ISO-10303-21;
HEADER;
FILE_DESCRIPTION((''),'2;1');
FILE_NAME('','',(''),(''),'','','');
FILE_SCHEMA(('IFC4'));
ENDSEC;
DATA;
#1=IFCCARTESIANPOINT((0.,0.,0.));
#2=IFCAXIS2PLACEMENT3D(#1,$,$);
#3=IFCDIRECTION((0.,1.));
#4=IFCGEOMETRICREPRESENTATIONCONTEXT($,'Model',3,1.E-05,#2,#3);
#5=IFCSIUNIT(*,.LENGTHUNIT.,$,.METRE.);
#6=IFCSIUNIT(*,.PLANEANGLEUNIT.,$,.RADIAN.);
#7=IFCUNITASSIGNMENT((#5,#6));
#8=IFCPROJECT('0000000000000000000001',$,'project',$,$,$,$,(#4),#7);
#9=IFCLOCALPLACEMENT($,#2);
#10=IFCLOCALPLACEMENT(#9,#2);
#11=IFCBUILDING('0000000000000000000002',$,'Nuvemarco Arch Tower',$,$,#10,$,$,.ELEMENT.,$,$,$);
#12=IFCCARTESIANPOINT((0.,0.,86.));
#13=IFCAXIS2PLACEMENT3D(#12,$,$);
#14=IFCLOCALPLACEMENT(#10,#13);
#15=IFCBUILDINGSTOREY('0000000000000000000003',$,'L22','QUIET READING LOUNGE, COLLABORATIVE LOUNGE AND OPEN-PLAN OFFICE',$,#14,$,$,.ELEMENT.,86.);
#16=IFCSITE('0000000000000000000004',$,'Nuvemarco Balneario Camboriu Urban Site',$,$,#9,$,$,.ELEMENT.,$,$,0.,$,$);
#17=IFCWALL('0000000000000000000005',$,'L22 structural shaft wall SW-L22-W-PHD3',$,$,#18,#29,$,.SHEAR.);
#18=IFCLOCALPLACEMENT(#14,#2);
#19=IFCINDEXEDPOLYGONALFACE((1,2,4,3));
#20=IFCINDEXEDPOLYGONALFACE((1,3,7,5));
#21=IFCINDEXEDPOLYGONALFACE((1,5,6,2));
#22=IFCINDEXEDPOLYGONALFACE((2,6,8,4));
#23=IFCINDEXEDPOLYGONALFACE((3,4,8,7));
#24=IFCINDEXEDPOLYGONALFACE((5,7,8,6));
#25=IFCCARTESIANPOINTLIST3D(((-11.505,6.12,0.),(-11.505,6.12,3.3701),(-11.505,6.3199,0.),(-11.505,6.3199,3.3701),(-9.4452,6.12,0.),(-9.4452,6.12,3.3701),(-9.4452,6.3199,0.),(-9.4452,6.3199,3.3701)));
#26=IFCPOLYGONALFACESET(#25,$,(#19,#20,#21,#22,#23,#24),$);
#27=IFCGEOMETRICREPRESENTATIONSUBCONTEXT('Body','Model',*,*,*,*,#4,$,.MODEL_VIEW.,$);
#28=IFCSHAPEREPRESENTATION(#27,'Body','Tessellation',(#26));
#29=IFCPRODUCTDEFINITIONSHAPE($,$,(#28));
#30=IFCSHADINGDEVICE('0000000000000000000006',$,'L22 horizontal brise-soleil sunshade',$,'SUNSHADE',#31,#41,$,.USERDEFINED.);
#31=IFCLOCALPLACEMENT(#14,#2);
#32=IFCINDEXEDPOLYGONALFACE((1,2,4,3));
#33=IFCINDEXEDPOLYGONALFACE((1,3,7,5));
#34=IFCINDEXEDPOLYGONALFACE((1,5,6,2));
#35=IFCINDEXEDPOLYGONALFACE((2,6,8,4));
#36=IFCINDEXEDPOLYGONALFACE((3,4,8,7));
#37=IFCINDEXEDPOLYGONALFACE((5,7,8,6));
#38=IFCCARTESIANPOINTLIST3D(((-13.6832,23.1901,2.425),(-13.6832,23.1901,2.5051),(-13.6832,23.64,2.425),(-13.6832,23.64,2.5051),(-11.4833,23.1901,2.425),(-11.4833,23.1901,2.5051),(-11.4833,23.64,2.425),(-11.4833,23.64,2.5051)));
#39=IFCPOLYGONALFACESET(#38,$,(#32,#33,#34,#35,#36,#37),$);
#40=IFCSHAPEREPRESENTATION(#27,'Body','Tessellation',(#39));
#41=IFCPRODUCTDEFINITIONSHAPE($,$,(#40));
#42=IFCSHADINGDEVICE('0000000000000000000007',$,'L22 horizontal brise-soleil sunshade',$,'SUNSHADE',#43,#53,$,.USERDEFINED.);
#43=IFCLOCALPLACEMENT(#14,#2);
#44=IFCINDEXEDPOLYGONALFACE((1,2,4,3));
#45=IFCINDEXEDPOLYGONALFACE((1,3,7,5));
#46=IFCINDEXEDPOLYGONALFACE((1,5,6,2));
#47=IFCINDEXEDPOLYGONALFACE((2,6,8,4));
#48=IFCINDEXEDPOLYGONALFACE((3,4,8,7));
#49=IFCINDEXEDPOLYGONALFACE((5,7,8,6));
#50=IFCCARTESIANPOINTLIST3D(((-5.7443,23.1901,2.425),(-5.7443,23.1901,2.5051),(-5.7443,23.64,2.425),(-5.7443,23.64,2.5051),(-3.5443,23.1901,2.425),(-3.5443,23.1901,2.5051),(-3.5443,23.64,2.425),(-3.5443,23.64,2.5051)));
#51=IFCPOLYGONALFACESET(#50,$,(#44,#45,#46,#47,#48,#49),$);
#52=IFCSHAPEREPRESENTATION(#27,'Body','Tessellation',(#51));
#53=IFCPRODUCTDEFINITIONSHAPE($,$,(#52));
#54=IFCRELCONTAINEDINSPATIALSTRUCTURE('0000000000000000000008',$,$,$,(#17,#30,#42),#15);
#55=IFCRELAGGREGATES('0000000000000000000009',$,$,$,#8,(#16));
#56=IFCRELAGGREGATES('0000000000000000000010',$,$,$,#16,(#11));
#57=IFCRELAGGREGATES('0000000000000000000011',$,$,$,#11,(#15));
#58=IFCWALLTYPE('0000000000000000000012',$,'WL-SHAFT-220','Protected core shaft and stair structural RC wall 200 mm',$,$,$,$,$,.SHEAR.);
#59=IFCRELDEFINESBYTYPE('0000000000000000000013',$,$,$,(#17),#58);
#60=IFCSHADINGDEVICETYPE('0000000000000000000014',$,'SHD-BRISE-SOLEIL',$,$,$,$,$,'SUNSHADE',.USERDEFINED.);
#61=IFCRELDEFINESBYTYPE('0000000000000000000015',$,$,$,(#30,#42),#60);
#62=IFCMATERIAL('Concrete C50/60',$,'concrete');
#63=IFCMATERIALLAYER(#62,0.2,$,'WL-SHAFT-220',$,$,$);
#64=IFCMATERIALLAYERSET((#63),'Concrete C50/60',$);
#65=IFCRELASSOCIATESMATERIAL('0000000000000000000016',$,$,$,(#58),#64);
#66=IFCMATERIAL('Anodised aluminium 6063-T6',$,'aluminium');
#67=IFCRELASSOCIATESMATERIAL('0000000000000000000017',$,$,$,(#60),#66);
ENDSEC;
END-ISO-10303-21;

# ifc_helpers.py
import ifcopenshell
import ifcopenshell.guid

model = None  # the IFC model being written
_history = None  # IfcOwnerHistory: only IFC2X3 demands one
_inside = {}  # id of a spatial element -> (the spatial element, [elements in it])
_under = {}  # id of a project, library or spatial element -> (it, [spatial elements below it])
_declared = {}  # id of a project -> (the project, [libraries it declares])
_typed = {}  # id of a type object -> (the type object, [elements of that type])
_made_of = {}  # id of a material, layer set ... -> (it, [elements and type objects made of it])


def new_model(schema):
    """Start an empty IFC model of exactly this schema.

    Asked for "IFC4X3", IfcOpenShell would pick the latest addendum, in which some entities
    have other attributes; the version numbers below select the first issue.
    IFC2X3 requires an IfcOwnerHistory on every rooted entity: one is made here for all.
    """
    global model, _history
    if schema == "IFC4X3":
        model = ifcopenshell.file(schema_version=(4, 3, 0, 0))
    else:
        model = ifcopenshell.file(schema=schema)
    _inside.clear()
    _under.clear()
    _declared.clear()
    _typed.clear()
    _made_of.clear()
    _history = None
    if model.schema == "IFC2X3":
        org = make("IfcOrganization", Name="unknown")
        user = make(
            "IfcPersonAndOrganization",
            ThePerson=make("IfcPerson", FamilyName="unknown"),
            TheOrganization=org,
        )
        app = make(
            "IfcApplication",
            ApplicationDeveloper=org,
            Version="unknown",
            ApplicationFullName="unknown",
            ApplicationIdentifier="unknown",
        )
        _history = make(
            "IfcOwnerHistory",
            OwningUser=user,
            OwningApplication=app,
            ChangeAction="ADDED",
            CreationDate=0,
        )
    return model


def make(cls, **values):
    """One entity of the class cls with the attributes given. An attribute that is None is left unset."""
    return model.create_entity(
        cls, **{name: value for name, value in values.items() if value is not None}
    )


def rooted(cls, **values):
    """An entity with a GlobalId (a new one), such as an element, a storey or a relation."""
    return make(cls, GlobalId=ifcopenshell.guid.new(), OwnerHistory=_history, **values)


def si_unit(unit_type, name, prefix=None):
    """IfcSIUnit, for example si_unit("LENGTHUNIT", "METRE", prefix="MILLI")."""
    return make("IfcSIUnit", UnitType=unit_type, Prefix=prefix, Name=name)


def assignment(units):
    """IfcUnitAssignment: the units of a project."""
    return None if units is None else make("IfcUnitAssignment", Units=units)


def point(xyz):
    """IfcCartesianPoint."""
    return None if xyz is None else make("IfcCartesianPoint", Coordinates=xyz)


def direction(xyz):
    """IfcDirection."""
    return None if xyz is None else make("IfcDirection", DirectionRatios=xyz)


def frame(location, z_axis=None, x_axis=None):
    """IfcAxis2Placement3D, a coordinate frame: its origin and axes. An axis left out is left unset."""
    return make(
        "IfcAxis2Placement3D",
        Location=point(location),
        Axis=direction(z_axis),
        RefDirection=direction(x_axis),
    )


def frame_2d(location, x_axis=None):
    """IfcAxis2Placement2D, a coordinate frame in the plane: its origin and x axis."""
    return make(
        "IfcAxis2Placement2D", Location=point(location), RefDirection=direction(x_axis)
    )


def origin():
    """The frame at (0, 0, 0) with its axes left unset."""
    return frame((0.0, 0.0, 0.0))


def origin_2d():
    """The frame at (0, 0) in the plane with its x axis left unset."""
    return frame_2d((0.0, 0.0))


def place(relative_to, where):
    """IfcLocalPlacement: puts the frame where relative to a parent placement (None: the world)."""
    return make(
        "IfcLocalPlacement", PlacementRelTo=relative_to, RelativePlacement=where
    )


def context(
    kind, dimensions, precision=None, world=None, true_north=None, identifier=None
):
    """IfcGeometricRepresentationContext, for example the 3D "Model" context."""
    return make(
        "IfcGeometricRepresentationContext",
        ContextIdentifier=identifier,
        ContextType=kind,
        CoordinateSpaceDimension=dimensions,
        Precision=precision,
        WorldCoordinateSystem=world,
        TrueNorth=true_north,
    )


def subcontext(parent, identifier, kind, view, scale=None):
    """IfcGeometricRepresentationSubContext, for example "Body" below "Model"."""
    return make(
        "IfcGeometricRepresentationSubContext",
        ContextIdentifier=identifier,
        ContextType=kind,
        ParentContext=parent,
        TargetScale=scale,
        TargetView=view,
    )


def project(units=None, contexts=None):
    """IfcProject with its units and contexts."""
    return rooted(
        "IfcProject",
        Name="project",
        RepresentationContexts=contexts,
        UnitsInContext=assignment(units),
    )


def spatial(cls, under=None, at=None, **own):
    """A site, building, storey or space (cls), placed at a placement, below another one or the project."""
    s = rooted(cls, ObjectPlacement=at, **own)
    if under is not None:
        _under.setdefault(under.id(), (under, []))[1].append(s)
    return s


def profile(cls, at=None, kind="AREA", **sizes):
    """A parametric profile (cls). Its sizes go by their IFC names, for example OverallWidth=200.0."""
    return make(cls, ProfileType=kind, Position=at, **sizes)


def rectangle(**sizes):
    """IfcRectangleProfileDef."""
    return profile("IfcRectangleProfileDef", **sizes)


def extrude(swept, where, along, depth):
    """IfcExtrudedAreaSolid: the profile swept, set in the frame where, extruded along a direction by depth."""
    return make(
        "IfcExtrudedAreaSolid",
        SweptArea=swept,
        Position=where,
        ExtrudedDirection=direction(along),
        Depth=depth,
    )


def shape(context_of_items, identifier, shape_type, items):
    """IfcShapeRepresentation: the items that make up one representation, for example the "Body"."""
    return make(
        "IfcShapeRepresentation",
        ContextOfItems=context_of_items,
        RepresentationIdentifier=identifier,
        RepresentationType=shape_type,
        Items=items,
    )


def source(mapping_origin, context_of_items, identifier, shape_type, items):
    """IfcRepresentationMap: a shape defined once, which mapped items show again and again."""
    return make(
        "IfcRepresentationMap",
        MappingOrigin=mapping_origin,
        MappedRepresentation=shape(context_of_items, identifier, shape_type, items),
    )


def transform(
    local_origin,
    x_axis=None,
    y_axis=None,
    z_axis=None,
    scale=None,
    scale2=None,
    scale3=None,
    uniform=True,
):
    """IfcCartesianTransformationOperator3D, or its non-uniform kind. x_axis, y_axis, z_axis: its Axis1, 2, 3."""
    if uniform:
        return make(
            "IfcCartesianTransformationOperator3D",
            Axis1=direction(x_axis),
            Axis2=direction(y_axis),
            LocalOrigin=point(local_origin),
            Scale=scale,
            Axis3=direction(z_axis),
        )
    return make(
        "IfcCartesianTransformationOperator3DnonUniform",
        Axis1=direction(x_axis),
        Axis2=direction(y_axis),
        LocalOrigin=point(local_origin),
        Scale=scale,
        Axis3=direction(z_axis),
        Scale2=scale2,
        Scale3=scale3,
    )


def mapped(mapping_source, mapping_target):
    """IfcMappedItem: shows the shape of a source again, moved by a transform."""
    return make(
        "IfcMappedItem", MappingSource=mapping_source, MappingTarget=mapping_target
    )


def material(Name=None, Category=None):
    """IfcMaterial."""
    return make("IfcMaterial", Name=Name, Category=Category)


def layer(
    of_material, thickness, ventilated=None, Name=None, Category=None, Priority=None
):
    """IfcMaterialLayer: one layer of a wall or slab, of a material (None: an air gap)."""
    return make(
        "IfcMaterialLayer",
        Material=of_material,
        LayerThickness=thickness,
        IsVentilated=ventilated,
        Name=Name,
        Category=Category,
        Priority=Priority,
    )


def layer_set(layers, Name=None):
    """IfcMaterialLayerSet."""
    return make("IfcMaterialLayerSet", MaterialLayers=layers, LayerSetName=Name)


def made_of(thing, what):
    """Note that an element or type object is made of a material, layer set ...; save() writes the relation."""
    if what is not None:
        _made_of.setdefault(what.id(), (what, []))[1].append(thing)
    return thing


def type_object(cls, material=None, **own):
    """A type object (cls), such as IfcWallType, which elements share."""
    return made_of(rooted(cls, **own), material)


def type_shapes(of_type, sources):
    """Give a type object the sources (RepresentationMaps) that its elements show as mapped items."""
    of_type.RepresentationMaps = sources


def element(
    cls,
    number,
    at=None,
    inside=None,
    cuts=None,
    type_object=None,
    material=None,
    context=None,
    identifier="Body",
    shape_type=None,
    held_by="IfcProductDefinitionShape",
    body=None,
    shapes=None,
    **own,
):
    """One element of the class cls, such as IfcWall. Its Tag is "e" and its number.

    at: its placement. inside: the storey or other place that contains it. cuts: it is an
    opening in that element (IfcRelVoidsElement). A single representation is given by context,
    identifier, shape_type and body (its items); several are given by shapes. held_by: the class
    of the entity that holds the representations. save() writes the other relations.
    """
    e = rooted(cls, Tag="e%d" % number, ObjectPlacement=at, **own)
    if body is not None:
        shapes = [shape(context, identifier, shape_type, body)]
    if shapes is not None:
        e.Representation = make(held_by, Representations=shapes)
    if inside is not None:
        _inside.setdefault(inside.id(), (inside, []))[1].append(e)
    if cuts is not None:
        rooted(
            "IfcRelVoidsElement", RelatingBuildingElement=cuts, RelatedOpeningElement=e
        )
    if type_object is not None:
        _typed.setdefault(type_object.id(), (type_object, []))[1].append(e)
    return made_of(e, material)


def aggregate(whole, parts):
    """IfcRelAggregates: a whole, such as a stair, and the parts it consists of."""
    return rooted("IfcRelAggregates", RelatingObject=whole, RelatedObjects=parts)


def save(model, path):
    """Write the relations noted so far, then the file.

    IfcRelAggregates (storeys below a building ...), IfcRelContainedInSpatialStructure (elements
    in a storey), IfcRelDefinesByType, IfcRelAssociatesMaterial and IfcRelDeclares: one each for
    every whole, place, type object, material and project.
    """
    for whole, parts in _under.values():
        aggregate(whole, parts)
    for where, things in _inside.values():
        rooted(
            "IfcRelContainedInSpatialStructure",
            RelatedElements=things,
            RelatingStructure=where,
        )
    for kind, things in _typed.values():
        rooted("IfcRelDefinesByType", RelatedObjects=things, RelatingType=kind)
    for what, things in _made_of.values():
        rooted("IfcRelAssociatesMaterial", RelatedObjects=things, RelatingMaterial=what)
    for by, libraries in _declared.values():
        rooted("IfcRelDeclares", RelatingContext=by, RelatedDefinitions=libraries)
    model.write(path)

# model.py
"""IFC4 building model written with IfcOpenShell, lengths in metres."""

from ifc_helpers import new_model, si_unit, direction, frame, frame_2d, origin, origin_2d, place, context, subcontext, project, spatial, rectangle, extrude, source, transform, mapped, material, layer, layer_set, type_object, type_shapes, element, save


model = new_model("IFC4")

# Units and contexts
model_context = context("Model", 3, precision=1e-05, world=origin(), true_north=direction((0.0, 1.0)))
body_context = subcontext(model_context, "Body", "Model", "MODEL_VIEW")
ifc_project = project(units=[si_unit("LENGTHUNIT", "METRE"), si_unit("PLANEANGLEUNIT", "RADIAN")], contexts=[model_context])

# Site, building, storey
site_placement = place(None, origin())
site = spatial("IfcSite", under=ifc_project, at=site_placement, Name="Nuvemarco Balneario Camboriu Urban Site", CompositionType="ELEMENT", RefElevation=0.0)
building_placement = place(site_placement, origin())
building = spatial("IfcBuilding", under=site, at=building_placement, Name="Nuvemarco Arch Tower", CompositionType="ELEMENT")
storey_placement = place(building_placement, frame((0.0, 0.0, 86.0)))
storey = spatial("IfcBuildingStorey", under=building, at=storey_placement, Name="L22", Description="QUIET READING LOUNGE, COLLABORATIVE LOUNGE AND OPEN-PLAN OFFICE", CompositionType="ELEMENT", Elevation=86.0)

# Wall
ifc_material_1 = material(Name="Concrete C50/60", Category="concrete")
ifc_layer_1 = layer(ifc_material_1, 0.2, Name="WL-SHAFT-220")
ifc_layer_set_1 = layer_set([ifc_layer_1], Name="Concrete C50/60")
wall_type_1 = type_object("IfcWallType", Name="WL-SHAFT-220", Description="Protected core shaft and stair structural RC wall 200 mm", PredefinedType="SHEAR", material=ifc_layer_set_1)
wall_1_placement = place(storey_placement, frame((-11.5049, 6.22, 0.0), z_axis=(0.0, 0.0, 1.0), x_axis=(1.0, 0.0, 0.0)))
element("IfcWall", 1, at=wall_1_placement, inside=storey, type_object=wall_type_1, Name="L22 structural shaft wall SW-L22-W-PHD3", PredefinedType="SHEAR", context=body_context, shape_type="SweptSolid", body=[
    extrude(rectangle(XDim=2.0598, YDim=0.2, at=frame_2d((1.0298, 0.0))), origin(), (0.0, 0.0, 1.0), 3.3701),
])

# Shading devices
ifc_material_2 = material(Name="Anodised aluminium 6063-T6", Category="aluminium")
shading_device_type = type_object("IfcShadingDeviceType", Name="SHD-BRISE-SOLEIL", ElementType="SUNSHADE", PredefinedType="USERDEFINED", material=ifc_material_2)
shared_shape = source(origin(), body_context, "Body", "SweptSolid", [
    extrude(rectangle(XDim=2.2, YDim=0.45, at=origin_2d()), origin(), (0.0, 0.0, 1.0), 0.0801),
])
type_shapes(shading_device_type, [shared_shape])
for number, where, z_axis, x_axis, name in (
    (2, (-12.5833, 23.415, 2.425), (0.0, 0.0, 1.0), (1.0, 0.0, 0.0), "L22 horizontal brise-soleil sunshade"),
    (3, (-4.6443, 23.415, 2.425), (0.0, 0.0, 1.0), (1.0, 0.0, 0.0), "L22 horizontal brise-soleil sunshade"),
):
    element("IfcShadingDevice", number, at=place(storey_placement, frame(where, z_axis=z_axis, x_axis=x_axis)), inside=storey, type_object=shading_device_type, Name=name, ObjectType="SUNSHADE", PredefinedType="USERDEFINED", context=body_context, shape_type="MappedRepresentation", body=[
        mapped(shared_shape, transform((0.0, 0.0, 0.0), scale=1.0)),
    ])

save(model, "model.ifc")
